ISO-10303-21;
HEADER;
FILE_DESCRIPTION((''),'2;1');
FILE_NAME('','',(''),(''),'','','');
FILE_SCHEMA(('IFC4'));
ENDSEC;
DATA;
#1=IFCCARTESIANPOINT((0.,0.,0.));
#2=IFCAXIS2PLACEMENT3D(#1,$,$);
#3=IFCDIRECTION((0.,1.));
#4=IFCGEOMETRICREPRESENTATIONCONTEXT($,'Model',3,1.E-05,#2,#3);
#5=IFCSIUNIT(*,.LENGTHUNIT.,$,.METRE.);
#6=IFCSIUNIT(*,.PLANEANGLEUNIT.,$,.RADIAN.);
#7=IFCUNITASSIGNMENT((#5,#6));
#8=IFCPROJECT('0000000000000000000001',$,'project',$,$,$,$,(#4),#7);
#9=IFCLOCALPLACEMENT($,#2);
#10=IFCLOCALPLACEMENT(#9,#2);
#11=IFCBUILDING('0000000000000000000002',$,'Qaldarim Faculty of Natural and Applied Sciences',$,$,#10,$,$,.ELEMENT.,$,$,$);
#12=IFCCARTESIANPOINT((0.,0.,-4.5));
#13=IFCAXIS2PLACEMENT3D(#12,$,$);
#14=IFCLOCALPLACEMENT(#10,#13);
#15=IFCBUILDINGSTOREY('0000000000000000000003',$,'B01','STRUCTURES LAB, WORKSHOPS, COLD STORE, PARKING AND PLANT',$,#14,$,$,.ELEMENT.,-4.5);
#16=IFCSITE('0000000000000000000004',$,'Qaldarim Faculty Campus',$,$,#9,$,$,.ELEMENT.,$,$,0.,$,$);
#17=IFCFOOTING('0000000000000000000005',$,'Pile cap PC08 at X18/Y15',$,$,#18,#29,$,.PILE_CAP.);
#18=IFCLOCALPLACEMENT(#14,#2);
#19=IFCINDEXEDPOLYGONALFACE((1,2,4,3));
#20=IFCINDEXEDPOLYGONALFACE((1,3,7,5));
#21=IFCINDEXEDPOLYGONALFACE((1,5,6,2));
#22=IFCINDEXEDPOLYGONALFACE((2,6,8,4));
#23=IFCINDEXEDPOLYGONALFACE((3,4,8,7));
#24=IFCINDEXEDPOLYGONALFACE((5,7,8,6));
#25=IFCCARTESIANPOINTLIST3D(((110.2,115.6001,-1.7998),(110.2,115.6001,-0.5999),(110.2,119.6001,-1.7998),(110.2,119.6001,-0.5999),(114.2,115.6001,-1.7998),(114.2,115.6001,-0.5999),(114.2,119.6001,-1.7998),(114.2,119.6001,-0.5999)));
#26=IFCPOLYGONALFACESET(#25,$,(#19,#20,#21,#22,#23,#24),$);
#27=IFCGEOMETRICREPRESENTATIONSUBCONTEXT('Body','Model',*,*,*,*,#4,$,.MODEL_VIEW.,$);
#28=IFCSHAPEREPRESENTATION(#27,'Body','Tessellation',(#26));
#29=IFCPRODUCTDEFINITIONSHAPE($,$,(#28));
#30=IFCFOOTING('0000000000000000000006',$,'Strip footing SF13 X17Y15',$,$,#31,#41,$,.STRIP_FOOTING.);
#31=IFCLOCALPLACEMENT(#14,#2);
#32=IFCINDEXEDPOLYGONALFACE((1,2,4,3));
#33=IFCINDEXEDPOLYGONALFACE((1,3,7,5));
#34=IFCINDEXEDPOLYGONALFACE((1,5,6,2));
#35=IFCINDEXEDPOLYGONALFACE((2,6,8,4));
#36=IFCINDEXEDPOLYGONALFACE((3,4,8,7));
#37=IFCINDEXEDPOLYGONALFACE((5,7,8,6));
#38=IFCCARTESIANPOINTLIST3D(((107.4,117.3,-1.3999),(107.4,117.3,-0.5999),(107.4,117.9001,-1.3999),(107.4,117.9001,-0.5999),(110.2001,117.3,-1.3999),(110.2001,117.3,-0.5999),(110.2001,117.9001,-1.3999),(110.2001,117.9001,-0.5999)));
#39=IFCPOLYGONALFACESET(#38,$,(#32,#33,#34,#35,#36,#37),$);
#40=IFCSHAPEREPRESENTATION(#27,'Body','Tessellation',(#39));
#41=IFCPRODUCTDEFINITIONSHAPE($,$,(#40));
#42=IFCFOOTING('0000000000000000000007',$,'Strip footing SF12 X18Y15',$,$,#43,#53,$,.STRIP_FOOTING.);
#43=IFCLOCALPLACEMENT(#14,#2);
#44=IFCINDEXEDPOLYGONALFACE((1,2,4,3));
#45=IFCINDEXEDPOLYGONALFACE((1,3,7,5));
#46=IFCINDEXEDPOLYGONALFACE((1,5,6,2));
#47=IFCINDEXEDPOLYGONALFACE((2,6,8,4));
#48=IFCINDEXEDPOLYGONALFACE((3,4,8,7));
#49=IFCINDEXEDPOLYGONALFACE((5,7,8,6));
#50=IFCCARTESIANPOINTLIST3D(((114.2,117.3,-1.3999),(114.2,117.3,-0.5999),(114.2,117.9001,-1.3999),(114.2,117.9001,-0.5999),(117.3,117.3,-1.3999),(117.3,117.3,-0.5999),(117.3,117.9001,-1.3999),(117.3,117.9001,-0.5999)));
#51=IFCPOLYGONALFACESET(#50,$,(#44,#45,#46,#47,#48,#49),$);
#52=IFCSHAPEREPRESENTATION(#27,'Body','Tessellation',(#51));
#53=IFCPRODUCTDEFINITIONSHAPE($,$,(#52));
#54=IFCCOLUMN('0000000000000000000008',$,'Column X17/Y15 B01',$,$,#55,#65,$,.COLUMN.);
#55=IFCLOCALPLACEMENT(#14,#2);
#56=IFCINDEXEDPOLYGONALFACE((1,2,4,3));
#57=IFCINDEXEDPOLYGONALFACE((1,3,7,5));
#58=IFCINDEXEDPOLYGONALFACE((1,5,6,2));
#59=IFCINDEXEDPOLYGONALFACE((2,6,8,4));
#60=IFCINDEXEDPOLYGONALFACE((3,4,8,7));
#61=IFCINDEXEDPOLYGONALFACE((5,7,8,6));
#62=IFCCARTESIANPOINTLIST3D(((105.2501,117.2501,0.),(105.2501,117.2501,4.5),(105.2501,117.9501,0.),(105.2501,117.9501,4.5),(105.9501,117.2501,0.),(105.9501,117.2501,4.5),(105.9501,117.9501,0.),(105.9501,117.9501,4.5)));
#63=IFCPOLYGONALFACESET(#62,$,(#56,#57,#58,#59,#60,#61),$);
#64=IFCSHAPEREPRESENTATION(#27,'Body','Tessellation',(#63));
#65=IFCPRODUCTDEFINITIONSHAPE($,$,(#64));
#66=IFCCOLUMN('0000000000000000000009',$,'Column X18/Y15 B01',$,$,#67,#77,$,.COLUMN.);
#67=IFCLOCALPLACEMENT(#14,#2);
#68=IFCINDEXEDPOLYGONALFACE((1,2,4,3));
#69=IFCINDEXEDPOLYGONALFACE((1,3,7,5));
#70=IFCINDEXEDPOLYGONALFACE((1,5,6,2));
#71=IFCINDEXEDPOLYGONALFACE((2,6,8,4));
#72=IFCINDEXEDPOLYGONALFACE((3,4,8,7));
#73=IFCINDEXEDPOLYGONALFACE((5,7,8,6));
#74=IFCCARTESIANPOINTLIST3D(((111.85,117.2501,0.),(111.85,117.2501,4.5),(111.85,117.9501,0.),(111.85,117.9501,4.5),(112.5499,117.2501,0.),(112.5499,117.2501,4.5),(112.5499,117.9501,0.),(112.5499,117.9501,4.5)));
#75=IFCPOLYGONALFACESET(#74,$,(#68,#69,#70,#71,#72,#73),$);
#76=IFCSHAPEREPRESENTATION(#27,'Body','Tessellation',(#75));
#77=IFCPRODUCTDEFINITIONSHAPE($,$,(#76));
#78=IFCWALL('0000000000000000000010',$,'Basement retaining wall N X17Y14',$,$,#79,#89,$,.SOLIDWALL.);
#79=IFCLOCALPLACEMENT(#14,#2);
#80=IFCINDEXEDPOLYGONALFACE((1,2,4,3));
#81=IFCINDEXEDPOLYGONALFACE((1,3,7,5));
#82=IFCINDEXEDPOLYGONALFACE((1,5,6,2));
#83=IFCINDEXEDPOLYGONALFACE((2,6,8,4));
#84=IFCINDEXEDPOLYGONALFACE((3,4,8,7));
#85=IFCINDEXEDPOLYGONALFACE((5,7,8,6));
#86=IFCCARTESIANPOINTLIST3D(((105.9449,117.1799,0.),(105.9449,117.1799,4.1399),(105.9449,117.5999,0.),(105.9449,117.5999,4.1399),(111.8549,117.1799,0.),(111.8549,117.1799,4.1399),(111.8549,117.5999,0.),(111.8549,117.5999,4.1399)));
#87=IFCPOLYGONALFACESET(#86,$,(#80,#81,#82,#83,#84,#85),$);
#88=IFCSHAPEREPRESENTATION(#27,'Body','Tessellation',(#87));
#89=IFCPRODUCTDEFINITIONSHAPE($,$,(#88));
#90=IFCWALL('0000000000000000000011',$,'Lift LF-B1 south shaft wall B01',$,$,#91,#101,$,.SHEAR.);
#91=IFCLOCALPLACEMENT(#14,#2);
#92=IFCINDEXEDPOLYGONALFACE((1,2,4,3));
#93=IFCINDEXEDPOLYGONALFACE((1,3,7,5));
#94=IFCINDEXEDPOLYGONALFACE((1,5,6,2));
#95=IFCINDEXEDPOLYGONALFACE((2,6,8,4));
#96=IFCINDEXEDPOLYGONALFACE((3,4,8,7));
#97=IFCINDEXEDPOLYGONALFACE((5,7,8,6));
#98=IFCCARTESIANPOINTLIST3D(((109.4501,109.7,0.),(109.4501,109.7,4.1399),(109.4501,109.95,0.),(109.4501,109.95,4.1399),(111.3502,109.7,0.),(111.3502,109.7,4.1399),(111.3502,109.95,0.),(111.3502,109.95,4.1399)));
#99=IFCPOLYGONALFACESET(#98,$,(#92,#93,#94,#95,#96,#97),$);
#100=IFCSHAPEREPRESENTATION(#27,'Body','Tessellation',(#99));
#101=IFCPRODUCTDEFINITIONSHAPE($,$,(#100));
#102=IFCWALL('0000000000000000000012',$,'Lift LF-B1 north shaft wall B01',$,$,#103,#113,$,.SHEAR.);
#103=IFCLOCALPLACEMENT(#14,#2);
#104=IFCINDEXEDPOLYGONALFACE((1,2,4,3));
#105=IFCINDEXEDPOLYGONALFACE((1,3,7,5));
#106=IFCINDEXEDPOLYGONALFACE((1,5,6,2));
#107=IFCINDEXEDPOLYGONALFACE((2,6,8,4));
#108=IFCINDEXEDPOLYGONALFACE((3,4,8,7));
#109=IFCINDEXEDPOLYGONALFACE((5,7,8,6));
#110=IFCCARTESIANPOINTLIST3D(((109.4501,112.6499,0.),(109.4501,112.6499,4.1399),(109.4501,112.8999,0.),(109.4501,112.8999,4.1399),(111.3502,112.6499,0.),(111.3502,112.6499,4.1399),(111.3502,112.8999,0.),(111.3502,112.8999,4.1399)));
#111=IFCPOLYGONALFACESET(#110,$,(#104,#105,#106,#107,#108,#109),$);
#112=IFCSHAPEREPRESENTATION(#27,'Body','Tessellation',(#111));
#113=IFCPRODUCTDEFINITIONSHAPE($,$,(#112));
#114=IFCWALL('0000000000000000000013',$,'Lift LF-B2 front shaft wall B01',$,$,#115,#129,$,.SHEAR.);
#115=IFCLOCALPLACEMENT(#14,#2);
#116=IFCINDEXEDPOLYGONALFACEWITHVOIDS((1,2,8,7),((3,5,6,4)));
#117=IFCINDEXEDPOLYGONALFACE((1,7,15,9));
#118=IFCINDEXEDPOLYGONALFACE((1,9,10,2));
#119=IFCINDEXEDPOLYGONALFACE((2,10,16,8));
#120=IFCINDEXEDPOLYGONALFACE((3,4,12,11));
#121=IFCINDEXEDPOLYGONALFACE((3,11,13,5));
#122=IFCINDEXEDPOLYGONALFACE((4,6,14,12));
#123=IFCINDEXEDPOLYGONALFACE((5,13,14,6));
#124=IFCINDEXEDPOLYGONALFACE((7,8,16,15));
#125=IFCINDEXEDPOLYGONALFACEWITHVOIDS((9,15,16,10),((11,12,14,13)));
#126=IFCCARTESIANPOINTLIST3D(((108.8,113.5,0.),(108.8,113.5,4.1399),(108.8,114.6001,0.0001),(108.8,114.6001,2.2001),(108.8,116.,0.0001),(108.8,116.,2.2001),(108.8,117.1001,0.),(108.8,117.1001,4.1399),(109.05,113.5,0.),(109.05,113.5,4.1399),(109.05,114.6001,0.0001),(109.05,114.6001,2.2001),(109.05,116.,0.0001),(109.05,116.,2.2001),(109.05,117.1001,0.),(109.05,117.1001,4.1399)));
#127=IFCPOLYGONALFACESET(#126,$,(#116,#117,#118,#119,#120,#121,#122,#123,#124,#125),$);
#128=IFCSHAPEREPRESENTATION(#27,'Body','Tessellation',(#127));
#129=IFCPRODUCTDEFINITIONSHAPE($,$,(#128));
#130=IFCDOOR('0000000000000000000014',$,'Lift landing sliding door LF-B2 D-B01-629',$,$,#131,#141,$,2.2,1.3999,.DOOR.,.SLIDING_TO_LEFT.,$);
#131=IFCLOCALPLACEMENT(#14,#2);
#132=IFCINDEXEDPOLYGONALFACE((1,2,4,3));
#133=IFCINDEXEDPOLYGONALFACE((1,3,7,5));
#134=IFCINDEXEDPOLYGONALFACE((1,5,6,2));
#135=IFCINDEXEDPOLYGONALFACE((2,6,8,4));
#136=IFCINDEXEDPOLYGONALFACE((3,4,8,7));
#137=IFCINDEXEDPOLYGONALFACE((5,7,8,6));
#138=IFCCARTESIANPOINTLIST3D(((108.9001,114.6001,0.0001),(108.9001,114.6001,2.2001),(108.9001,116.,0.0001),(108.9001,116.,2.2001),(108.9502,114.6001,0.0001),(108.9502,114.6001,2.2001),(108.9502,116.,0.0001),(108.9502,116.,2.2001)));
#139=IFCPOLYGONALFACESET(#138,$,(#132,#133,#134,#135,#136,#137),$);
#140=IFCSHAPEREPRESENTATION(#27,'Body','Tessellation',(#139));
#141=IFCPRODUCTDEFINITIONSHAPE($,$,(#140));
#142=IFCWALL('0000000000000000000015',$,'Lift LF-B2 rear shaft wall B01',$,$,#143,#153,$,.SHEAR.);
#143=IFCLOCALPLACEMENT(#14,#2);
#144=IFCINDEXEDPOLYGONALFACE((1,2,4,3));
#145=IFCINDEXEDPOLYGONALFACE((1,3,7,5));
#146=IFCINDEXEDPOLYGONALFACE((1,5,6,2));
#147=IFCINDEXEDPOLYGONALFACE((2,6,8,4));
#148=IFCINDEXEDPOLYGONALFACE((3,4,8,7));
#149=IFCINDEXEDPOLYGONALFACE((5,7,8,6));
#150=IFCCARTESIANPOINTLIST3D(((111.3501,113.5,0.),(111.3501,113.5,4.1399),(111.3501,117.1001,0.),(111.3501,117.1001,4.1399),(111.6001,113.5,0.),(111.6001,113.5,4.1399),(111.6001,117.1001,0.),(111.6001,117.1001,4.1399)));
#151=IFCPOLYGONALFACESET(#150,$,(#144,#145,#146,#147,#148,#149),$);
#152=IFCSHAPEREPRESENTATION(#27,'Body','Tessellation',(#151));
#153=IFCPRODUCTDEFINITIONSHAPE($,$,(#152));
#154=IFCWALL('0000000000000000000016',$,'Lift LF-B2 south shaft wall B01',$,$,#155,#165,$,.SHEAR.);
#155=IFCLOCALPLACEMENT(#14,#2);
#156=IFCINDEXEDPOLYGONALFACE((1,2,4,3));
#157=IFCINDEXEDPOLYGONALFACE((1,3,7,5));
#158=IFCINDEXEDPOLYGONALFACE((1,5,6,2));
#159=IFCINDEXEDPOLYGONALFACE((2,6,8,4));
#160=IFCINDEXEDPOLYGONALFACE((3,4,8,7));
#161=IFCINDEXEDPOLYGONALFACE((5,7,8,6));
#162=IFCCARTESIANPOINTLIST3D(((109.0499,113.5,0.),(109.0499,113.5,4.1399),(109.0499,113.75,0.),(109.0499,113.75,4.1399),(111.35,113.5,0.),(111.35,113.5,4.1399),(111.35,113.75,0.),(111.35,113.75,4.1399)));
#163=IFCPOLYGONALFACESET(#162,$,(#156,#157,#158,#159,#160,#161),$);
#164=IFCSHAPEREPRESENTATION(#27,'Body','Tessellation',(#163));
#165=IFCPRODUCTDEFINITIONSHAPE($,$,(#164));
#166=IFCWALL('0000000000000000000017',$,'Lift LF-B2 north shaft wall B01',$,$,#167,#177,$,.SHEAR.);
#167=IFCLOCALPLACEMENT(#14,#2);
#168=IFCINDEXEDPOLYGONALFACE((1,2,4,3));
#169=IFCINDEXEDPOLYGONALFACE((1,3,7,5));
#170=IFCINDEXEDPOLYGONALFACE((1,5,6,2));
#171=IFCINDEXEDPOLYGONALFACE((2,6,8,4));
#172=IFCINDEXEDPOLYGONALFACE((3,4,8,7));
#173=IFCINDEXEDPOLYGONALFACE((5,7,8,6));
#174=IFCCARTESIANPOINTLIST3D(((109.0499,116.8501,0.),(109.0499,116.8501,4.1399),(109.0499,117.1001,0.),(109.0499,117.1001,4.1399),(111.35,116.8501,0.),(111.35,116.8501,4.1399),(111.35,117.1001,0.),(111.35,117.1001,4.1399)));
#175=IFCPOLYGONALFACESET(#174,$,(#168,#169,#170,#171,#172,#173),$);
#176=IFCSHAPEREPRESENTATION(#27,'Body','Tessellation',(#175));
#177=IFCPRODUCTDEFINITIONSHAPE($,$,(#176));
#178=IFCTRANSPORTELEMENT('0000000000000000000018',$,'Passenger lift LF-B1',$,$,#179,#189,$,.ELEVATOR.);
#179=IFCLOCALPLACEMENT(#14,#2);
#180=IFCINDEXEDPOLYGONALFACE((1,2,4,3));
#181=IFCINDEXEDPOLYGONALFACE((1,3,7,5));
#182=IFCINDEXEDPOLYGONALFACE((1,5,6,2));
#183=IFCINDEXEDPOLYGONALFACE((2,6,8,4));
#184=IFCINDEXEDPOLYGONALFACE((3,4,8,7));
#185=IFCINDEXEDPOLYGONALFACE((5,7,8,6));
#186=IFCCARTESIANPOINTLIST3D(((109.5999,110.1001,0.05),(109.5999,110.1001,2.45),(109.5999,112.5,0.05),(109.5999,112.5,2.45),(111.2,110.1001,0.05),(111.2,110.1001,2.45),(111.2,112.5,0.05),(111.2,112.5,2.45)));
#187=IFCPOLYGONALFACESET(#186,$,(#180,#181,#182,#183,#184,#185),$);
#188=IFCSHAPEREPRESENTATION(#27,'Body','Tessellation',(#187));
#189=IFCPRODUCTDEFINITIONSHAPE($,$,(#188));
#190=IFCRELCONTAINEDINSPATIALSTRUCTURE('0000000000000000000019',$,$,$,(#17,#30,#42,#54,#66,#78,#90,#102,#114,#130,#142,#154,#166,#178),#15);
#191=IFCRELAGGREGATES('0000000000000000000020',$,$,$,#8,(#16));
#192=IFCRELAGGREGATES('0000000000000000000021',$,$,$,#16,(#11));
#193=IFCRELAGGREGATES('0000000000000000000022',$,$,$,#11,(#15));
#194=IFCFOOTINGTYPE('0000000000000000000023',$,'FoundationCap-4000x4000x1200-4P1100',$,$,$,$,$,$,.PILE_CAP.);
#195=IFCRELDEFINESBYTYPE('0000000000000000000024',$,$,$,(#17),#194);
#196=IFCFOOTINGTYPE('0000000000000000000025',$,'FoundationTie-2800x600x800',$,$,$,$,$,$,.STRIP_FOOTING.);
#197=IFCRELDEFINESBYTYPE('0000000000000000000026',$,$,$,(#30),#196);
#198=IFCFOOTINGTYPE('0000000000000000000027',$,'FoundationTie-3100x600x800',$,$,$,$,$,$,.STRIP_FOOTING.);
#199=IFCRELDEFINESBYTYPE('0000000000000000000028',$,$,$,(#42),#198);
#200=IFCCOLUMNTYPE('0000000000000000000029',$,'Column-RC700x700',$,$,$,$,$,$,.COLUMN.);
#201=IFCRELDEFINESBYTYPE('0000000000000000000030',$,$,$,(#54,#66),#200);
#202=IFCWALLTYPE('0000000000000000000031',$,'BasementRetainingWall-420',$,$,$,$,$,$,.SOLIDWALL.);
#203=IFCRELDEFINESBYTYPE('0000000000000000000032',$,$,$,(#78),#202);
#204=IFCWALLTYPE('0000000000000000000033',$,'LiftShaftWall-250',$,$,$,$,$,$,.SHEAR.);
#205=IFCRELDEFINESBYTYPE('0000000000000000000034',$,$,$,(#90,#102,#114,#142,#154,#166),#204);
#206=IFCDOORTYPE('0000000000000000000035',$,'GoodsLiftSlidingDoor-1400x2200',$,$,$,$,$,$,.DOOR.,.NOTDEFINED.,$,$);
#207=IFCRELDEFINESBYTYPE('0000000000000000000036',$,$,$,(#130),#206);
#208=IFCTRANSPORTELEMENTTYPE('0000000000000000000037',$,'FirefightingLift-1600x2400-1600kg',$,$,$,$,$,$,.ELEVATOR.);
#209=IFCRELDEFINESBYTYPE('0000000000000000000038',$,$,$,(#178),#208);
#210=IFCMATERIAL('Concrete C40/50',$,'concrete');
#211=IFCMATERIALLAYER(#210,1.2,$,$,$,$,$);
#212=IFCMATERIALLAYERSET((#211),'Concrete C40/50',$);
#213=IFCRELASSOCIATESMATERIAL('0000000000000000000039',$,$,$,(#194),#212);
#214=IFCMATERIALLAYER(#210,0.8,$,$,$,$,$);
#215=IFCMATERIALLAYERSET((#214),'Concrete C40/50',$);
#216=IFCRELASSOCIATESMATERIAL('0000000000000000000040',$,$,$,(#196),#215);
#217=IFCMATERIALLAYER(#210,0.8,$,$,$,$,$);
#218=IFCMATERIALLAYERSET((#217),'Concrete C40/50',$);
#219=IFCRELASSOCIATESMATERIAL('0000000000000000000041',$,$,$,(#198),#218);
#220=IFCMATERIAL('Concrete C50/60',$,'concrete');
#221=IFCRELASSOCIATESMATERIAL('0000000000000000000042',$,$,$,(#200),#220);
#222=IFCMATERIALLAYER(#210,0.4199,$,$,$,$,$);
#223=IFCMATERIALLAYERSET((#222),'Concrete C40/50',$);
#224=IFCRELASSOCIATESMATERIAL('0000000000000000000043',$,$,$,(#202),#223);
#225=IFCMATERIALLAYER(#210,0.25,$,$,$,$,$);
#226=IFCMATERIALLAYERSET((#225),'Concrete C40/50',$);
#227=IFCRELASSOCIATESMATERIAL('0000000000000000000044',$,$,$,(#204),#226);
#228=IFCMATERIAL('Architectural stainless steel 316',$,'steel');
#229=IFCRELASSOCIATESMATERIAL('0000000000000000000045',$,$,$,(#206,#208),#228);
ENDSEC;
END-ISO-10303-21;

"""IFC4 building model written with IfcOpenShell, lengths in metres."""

from ifc_helpers import new_model, si_unit, direction, frame, frame_2d, origin, origin_2d, place, context, subcontext, project, spatial, rectangle, extrude, material, layer, layer_set, material_profile, profile_set, type_object, element, fill, save


model = new_model("IFC4")

# Units and contexts
model_context = context("Model", 3, precision=1e-05, world=origin(), true_north=direction((0.0, 1.0)))
body_context = subcontext(model_context, "Body", "Model", "MODEL_VIEW")
ifc_project = project(units=[si_unit("LENGTHUNIT", "METRE"), si_unit("PLANEANGLEUNIT", "RADIAN")], contexts=[model_context])

# Site, building, storey
site_placement = place(None, origin())
site = spatial("IfcSite", under=ifc_project, at=site_placement, Name="Qaldarim Faculty Campus", CompositionType="ELEMENT", RefElevation=0.0)
building_placement = place(site_placement, origin())
building = spatial("IfcBuilding", under=site, at=building_placement, Name="Qaldarim Faculty of Natural and Applied Sciences", CompositionType="ELEMENT")
storey_placement = place(building_placement, frame((0.0, 0.0, -4.5)))
storey = spatial("IfcBuildingStorey", under=building, at=storey_placement, Name="B01", Description="STRUCTURES LAB, WORKSHOPS, COLD STORE, PARKING AND PLANT", CompositionType="ELEMENT", Elevation=-4.5)

# Shared definitions
ifc_material_1 = material(Name="Concrete C40/50", Category="concrete")

# Footings
ifc_layer_1 = layer(ifc_material_1, 1.2)
ifc_layer_set_1 = layer_set([ifc_layer_1], Name="Concrete C40/50")
footing_type_1 = type_object("IfcFootingType", Name="FoundationCap-4000x4000x1200-4P1100", PredefinedType="PILE_CAP", material=ifc_layer_set_1)
footing_1_placement = place(storey_placement, frame((112.2, 117.6001, -1.7998), z_axis=(0.0, 0.0, 1.0), x_axis=(1.0, 0.0, 0.0)))
element("IfcFooting", 1, at=footing_1_placement, inside=storey, type_object=footing_type_1, Name="Pile cap PC08 at X18/Y15", PredefinedType="PILE_CAP", context=body_context, shape_type="SweptSolid", body=[
    extrude(rectangle(XDim=4.0, YDim=4.0, at=origin_2d()), origin(), (0.0, 0.0, 1.0), 1.2),
])
ifc_layer_2 = layer(ifc_material_1, 0.8)
ifc_layer_set_2 = layer_set([ifc_layer_2], Name="Concrete C40/50")
footing_type_2 = type_object("IfcFootingType", Name="FoundationTie-2800x600x800", PredefinedType="STRIP_FOOTING", material=ifc_layer_set_2)
footing_2_placement = place(storey_placement, frame((108.8, 117.6001, -1.3999), z_axis=(0.0, 0.0, 1.0), x_axis=(1.0, 0.0, 0.0)))
element("IfcFooting", 2, at=footing_2_placement, inside=storey, type_object=footing_type_2, Name="Strip footing SF13 X17Y15", PredefinedType="STRIP_FOOTING", context=body_context, shape_type="SweptSolid", body=[
    extrude(rectangle(XDim=2.8, YDim=0.6001, at=origin_2d()), origin(), (0.0, 0.0, 1.0), 0.8),
])
ifc_layer_3 = layer(ifc_material_1, 0.8)
ifc_layer_set_3 = layer_set([ifc_layer_3], Name="Concrete C40/50")
footing_type_3 = type_object("IfcFootingType", Name="FoundationTie-3100x600x800", PredefinedType="STRIP_FOOTING", material=ifc_layer_set_3)
footing_3_placement = place(storey_placement, frame((115.75, 117.6001, -1.3999), z_axis=(0.0, 0.0, 1.0), x_axis=(1.0, 0.0, 0.0)))
element("IfcFooting", 3, at=footing_3_placement, inside=storey, type_object=footing_type_3, Name="Strip footing SF12 X18Y15", PredefinedType="STRIP_FOOTING", context=body_context, shape_type="SweptSolid", body=[
    extrude(rectangle(XDim=3.1001, YDim=0.6001, at=origin_2d()), origin(), (0.0, 0.0, 1.0), 0.8),
])

# Columns
ifc_material_2 = material(Name="Concrete C50/60", Category="concrete")
ifc_material_profile_1 = material_profile(ifc_material_2, rectangle(XDim=0.7, YDim=0.7, at=origin_2d()), Name="RC-C700x700")
ifc_profile_set_1 = profile_set([ifc_material_profile_1], Name="Concrete C50/60")
column_type = type_object("IfcColumnType", Name="Column-RC700x700", PredefinedType="COLUMN", material=ifc_profile_set_1)
for number, where, z_axis, x_axis, name in (
    (4, (105.6001, 117.6001, 0.0), (0.0, 0.0, 1.0), (1.0, 0.0, 0.0), "Column X17/Y15 B01"),
    (5, (112.2, 117.6001, 0.0), (0.0, 0.0, 1.0), (1.0, 0.0, 0.0), "Column X18/Y15 B01"),
):
    element("IfcColumn", number, at=place(storey_placement, frame(where, z_axis=z_axis, x_axis=x_axis)), inside=storey, type_object=column_type, Name=name, PredefinedType="COLUMN", context=body_context, shape_type="SweptSolid", body=[
        extrude(rectangle(XDim=0.7, YDim=0.7, at=origin_2d()), origin(), (0.0, 0.0, 1.0), 4.5),
    ])

# Walls
ifc_layer_4 = layer(ifc_material_1, 0.4199)
ifc_layer_set_4 = layer_set([ifc_layer_4], Name="Concrete C40/50")
wall_type_1 = type_object("IfcWallType", Name="BasementRetainingWall-420", PredefinedType="SOLIDWALL", material=ifc_layer_set_4)
wall_1_placement = place(storey_placement, frame((111.855, 117.3899, 0.0), z_axis=(0.0, 0.0, 1.0), x_axis=(-1.0, 0.0, 0.0)))
element("IfcWall", 6, at=wall_1_placement, inside=storey, type_object=wall_type_1, Name="Basement retaining wall N X17Y14", PredefinedType="SOLIDWALL", context=body_context, shape_type="SweptSolid", body=[
    extrude(rectangle(XDim=5.9099, YDim=0.4199, at=frame_2d((2.9551, 0.0))), origin(), (0.0, 0.0, 1.0), 4.1399),
])
ifc_layer_5 = layer(ifc_material_1, 0.25)
ifc_layer_set_5 = layer_set([ifc_layer_5], Name="Concrete C40/50")
wall_type_2 = type_object("IfcWallType", Name="LiftShaftWall-250", PredefinedType="SHEAR", material=ifc_layer_set_5)
for number, where, z_axis, x_axis, name in (
    (7, (109.45, 109.825, 0.0), (0.0, 0.0, 1.0), (1.0, 0.0, 0.0), "Lift LF-B1 south shaft wall B01"),
    (8, (109.45, 112.7749, 0.0), (0.0, 0.0, 1.0), (1.0, 0.0, 0.0), "Lift LF-B1 north shaft wall B01"),
):
    element("IfcWall", number, at=place(storey_placement, frame(where, z_axis=z_axis, x_axis=x_axis)), inside=storey, type_object=wall_type_2, Name=name, PredefinedType="SHEAR", context=body_context, shape_type="SweptSolid", body=[
        extrude(rectangle(XDim=1.9001, YDim=0.25, at=frame_2d((0.9502, 0.0))), origin(), (0.0, 0.0, 1.0), 4.1399),
    ])

# Wall, opening, door
wall_2_placement = place(storey_placement, frame((108.925, 113.5, 0.0), z_axis=(0.0, 0.0, 1.0), x_axis=(0.0, 1.0, 0.0)))
wall_2 = element("IfcWall", 9, at=wall_2_placement, inside=storey, type_object=wall_type_2, Name="Lift LF-B2 front shaft wall B01", PredefinedType="SHEAR", context=body_context, shape_type="SweptSolid", body=[
    extrude(rectangle(XDim=3.6001, YDim=0.25, at=frame_2d((1.8, 0.0))), origin(), (0.0, 0.0, 1.0), 4.1399),
])
opening_placement = place(wall_2_placement, frame((1.1001, 0.0, 0.0)))
opening = element("IfcOpeningElement", 10, at=opening_placement, cuts=wall_2, PredefinedType="OPENING", context=body_context, shape_type="SweptSolid", body=[
    extrude(rectangle(XDim=1.3999, YDim=2.2, at=frame_2d((0.7, 1.1001))), frame((0.0, 0.135, 0.0), z_axis=(0.0, -1.0, 0.0), x_axis=(1.0, 0.0, 0.0)), (0.0, 0.0, 1.0), 0.27),
])
ifc_material_3 = material(Name="Architectural stainless steel 316", Category="steel")
door_type = type_object("IfcDoorType", Name="GoodsLiftSlidingDoor-1400x2200", OperationType="NOTDEFINED", PredefinedType="DOOR", material=ifc_material_3)
door_placement = place(opening_placement, origin())
door = element("IfcDoor", 11, at=door_placement, inside=storey, type_object=door_type, Name="Lift landing sliding door LF-B2 D-B01-629", OperationType="SLIDING_TO_LEFT", OverallHeight=2.2, OverallWidth=1.3999, PredefinedType="DOOR", context=body_context, shape_type="SweptSolid", body=[
    extrude(rectangle(XDim=1.3999, YDim=2.2, at=frame_2d((0.7, 1.1001))), frame((0.0, 0.0249, 0.0), z_axis=(0.0, -1.0, 0.0), x_axis=(1.0, 0.0, 0.0)), (0.0, 0.0, 1.0), 0.05),
])
fill(opening, door)

# Walls
wall_3_placement = place(storey_placement, frame((111.4751, 113.5, 0.0), z_axis=(0.0, 0.0, 1.0), x_axis=(0.0, 1.0, 0.0)))
element("IfcWall", 12, at=wall_3_placement, inside=storey, type_object=wall_type_2, Name="Lift LF-B2 rear shaft wall B01", PredefinedType="SHEAR", context=body_context, shape_type="SweptSolid", body=[
    extrude(rectangle(XDim=3.6001, YDim=0.25, at=frame_2d((1.8, 0.0))), origin(), (0.0, 0.0, 1.0), 4.1399),
])
for number, where, z_axis, x_axis, name in (
    (13, (109.05, 113.625, 0.0), (0.0, 0.0, 1.0), (1.0, 0.0, 0.0), "Lift LF-B2 south shaft wall B01"),
    (14, (109.05, 116.9751, 0.0), (0.0, 0.0, 1.0), (1.0, 0.0, 0.0), "Lift LF-B2 north shaft wall B01"),
):
    element("IfcWall", number, at=place(storey_placement, frame(where, z_axis=z_axis, x_axis=x_axis)), inside=storey, type_object=wall_type_2, Name=name, PredefinedType="SHEAR", context=body_context, shape_type="SweptSolid", body=[
        extrude(rectangle(XDim=2.3, YDim=0.25, at=frame_2d((1.1499, 0.0))), origin(), (0.0, 0.0, 1.0), 4.1399),
    ])

# Transport element
transport_element_type_1 = type_object("IfcTransportElementType", Name="FirefightingLift-1600x2400-1600kg", PredefinedType="ELEVATOR", material=ifc_material_3)
transport_element_1_placement = place(storey_placement, frame((110.3999, 111.3, 0.05), z_axis=(0.0, 0.0, 1.0), x_axis=(1.0, 0.0, 0.0)))
element("IfcTransportElement", 15, at=transport_element_1_placement, inside=storey, type_object=transport_element_type_1, Name="Passenger lift LF-B1", PredefinedType="ELEVATOR", context=body_context, shape_type="SweptSolid", body=[
    extrude(rectangle(XDim=1.6001, YDim=2.3999, at=origin_2d()), origin(), (0.0, 0.0, 1.0), 2.3999),
])

save(model, "model.ifc")
